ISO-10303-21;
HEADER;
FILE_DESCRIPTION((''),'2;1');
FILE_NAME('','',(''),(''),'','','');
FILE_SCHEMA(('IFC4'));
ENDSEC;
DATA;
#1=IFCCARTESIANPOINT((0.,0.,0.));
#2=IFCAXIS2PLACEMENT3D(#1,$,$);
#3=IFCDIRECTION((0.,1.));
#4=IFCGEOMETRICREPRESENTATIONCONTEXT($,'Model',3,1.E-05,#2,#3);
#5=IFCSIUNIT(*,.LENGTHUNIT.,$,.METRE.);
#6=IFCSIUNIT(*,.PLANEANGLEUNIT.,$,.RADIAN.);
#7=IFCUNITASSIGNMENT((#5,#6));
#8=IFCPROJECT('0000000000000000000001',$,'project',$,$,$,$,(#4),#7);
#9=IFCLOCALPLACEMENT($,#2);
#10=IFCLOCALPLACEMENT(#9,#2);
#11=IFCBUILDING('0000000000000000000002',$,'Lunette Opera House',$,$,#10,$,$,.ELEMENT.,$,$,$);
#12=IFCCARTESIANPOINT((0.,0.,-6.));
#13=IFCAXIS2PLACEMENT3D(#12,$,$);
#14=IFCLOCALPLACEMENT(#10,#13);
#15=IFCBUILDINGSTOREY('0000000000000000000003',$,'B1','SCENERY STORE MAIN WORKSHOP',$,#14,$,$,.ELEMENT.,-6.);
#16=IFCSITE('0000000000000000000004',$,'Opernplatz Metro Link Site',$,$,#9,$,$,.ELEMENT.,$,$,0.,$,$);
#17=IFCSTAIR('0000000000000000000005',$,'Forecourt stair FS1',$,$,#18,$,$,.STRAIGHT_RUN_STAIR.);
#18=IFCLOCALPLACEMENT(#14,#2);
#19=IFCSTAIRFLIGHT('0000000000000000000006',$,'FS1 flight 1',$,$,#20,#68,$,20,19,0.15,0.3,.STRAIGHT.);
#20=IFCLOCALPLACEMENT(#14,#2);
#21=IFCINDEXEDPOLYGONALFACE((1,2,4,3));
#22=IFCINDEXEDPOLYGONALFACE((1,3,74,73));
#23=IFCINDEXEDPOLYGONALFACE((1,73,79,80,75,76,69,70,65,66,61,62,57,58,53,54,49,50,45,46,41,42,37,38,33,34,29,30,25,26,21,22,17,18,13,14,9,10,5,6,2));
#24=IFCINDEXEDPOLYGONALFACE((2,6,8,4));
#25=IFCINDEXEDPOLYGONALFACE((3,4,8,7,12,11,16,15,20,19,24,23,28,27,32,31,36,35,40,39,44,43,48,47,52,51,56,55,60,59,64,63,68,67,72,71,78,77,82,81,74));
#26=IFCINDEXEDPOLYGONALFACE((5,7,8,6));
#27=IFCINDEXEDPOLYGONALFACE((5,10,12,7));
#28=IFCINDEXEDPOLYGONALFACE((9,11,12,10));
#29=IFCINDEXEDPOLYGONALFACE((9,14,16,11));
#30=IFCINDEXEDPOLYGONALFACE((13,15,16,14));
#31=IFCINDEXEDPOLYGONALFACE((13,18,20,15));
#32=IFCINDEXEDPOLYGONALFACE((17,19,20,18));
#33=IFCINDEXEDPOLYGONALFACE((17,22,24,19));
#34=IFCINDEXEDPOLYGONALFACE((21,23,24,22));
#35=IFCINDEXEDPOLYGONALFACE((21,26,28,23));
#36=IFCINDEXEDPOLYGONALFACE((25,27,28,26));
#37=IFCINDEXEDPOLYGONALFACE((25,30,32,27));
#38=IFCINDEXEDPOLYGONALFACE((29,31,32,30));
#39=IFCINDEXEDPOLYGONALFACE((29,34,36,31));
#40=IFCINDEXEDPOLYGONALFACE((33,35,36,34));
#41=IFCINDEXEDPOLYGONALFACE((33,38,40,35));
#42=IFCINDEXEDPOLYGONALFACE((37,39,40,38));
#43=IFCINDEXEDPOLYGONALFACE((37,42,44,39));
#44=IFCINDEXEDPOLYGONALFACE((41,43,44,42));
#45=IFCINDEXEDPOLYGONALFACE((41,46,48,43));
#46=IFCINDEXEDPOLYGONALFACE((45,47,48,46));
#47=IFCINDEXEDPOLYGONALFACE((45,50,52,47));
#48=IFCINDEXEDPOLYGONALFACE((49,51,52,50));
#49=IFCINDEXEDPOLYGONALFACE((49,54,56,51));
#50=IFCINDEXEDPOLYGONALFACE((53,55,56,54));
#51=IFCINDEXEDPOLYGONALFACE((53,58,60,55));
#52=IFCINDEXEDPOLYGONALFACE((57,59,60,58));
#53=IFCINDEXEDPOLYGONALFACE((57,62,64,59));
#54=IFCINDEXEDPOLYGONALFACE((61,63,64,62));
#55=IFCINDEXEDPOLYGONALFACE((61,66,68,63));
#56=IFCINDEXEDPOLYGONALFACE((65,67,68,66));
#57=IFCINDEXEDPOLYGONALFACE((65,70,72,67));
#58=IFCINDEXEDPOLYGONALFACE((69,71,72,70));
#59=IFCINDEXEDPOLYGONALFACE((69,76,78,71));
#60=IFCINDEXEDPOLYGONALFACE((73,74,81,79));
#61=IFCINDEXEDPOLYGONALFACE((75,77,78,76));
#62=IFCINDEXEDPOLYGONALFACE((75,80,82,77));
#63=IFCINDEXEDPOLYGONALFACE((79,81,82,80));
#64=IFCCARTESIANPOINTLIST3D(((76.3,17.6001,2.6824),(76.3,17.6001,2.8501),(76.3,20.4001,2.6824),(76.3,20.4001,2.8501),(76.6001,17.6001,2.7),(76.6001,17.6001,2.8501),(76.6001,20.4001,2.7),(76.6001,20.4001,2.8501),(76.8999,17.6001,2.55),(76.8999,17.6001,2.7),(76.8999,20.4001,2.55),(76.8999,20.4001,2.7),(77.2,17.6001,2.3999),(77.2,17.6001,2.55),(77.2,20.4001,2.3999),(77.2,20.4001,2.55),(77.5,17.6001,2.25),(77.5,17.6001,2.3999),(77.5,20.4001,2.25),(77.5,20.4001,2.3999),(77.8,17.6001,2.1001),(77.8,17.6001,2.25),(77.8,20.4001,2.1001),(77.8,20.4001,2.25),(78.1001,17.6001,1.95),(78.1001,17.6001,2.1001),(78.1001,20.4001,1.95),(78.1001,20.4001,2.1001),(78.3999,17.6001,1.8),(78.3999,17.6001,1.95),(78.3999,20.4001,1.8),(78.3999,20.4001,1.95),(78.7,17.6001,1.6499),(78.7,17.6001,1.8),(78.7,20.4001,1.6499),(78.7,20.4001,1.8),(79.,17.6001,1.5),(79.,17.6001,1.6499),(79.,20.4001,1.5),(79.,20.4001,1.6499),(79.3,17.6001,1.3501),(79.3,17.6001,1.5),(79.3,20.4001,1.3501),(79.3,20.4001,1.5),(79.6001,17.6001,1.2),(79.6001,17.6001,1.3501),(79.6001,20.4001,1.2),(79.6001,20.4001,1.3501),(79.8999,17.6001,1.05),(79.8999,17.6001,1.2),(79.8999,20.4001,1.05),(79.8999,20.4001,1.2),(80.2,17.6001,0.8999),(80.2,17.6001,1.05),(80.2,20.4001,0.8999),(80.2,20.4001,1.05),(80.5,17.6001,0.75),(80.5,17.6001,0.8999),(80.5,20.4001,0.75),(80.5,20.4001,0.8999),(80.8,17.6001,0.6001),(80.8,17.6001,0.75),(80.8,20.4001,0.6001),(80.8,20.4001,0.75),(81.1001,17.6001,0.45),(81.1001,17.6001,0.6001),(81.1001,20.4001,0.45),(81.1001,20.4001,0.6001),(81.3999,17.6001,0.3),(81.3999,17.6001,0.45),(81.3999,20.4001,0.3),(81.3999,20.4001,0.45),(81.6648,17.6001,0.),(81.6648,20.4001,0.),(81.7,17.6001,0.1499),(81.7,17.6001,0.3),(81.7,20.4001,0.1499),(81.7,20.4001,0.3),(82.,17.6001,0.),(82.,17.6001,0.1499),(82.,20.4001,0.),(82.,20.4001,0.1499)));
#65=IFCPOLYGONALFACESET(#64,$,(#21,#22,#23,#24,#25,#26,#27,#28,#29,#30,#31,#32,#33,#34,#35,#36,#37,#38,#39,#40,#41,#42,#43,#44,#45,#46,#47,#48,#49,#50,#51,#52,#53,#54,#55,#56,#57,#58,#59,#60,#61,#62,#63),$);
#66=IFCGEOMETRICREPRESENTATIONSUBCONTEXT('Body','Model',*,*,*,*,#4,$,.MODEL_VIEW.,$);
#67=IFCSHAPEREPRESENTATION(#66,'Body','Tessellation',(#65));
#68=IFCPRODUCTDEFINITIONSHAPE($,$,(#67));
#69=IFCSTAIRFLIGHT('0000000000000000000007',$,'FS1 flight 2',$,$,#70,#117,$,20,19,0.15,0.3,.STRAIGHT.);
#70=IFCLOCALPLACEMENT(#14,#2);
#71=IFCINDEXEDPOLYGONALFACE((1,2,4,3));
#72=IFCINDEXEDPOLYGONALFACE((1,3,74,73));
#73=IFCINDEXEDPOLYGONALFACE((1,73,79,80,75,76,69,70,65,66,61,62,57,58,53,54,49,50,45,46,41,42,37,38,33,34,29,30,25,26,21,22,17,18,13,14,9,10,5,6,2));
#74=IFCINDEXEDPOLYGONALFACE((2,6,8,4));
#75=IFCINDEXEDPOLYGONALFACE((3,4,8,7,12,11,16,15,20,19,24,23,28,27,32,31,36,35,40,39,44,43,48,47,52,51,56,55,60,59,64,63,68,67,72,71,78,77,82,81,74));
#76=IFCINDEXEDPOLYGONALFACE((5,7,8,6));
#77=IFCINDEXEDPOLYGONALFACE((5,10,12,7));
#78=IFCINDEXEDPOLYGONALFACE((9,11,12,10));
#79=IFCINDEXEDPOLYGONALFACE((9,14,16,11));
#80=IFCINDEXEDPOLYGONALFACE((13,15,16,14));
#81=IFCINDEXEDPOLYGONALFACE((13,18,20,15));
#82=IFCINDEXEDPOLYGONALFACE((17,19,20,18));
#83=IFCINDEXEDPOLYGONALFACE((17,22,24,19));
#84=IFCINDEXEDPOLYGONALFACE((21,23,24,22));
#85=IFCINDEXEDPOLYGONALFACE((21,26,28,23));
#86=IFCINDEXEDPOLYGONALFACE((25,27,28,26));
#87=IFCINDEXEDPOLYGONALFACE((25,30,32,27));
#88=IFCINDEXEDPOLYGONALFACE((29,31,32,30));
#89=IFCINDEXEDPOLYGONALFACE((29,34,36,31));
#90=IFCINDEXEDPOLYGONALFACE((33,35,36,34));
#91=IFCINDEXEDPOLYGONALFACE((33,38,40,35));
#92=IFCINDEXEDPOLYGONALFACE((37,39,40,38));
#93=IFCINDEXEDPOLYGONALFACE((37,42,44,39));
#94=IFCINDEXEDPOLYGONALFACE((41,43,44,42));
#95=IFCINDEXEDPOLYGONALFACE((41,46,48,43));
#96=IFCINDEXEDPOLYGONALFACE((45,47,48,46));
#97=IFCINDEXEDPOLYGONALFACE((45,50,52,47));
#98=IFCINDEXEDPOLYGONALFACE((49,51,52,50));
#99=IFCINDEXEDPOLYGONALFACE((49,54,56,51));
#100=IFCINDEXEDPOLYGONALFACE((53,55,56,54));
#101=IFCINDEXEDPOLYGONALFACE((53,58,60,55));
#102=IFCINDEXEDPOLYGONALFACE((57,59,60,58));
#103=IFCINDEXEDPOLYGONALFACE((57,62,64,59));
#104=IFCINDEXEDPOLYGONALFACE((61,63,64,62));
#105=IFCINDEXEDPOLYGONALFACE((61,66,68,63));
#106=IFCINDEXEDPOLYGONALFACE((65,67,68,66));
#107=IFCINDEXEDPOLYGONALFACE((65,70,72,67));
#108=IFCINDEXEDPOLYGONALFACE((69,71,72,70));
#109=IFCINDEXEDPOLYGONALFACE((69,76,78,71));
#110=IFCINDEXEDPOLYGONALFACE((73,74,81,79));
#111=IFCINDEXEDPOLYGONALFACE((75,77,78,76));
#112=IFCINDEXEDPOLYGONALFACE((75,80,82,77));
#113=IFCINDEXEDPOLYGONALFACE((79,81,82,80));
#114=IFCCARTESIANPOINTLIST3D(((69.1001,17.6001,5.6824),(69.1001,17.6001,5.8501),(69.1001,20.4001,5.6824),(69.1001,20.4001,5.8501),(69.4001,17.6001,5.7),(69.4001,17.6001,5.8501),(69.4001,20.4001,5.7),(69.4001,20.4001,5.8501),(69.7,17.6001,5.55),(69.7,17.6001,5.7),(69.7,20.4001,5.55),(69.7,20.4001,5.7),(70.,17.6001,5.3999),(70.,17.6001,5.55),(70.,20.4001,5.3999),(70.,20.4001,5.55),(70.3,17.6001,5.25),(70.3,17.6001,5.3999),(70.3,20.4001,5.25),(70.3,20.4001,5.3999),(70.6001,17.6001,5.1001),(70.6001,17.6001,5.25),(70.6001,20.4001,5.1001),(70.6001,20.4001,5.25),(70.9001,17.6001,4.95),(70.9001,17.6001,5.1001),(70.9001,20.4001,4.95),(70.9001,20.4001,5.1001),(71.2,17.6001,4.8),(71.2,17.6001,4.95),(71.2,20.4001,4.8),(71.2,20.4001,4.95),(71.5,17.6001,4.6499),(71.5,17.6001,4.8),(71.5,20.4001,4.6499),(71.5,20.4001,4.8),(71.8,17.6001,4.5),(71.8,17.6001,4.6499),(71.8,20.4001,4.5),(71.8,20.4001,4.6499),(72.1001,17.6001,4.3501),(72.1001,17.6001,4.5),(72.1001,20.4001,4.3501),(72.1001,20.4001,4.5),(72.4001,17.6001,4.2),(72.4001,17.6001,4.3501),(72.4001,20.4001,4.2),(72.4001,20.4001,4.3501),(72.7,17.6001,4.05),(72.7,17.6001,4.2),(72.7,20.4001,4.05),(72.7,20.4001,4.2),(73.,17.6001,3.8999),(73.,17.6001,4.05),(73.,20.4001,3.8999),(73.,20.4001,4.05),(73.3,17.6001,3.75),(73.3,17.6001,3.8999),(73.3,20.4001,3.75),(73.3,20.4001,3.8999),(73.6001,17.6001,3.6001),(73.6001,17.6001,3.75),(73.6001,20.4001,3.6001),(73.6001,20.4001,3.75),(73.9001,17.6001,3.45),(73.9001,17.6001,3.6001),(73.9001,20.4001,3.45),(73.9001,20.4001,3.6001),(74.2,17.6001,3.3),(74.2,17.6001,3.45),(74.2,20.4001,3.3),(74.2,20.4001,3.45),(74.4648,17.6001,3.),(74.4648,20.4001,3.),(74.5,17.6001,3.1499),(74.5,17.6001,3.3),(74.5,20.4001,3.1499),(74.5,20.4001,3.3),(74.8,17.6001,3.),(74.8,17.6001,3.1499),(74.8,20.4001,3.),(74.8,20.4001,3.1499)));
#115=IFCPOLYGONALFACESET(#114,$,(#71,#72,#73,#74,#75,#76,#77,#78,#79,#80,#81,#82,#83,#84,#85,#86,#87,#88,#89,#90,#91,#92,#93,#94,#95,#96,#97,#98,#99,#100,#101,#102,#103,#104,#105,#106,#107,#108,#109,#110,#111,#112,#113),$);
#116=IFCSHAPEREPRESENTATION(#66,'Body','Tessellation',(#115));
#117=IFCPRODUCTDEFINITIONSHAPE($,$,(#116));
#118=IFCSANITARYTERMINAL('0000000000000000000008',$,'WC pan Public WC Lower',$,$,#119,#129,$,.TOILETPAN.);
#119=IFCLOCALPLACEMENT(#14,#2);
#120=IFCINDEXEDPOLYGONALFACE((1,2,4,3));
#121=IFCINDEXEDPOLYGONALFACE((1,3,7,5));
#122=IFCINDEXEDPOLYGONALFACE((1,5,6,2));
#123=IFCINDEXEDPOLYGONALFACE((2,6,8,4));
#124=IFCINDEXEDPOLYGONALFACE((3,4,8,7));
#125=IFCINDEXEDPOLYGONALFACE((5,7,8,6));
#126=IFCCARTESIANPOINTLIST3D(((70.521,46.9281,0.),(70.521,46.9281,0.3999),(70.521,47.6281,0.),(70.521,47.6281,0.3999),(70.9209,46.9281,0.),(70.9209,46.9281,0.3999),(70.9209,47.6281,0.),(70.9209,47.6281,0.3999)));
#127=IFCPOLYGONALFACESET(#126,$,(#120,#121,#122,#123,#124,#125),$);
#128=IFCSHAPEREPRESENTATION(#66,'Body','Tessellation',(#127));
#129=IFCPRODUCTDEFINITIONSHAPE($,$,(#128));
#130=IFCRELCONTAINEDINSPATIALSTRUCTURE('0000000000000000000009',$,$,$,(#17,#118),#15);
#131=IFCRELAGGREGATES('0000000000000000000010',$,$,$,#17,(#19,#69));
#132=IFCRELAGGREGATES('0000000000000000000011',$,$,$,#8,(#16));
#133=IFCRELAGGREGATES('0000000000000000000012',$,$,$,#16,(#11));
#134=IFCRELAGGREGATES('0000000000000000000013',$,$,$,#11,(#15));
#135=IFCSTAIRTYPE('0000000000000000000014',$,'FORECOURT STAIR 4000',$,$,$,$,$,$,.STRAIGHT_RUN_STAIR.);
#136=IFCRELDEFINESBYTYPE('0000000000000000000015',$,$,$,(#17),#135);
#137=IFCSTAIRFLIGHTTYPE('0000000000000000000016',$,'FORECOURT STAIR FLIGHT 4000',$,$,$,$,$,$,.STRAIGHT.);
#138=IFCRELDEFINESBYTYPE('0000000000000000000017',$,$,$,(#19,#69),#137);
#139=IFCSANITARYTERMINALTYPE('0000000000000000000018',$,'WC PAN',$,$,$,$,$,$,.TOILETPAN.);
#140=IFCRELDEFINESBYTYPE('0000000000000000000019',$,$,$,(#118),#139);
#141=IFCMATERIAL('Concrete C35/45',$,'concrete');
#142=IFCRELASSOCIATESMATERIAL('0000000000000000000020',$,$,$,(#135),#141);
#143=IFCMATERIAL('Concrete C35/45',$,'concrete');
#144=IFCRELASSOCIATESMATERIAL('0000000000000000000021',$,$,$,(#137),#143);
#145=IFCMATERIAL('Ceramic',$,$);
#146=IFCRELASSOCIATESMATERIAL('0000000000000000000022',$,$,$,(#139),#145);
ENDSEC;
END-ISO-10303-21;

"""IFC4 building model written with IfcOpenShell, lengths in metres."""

from ifc_helpers import new_model, si_unit, direction, frame, origin, origin_2d, place, context, subcontext, project, spatial, polyline, rectangle, outline, extrude, material, type_object, element, aggregate, save


model = new_model("IFC4")

# Units and contexts
model_context = context("Model", 3, precision=1e-05, world=origin(), true_north=direction((0.0, 1.0)))
body_context = subcontext(model_context, "Body", "Model", "MODEL_VIEW")
ifc_project = project(units=[si_unit("LENGTHUNIT", "METRE"), si_unit("PLANEANGLEUNIT", "RADIAN")], contexts=[model_context])

# Site, building, storey
site_placement = place(None, origin())
site = spatial("IfcSite", under=ifc_project, at=site_placement, Name="Opernplatz Metro Link Site", CompositionType="ELEMENT", RefElevation=0.0)
building_placement = place(site_placement, origin())
building = spatial("IfcBuilding", under=site, at=building_placement, Name="Lunette Opera House", CompositionType="ELEMENT")
storey_placement = place(building_placement, frame((0.0, 0.0, -6.0)))
storey = spatial("IfcBuildingStorey", under=building, at=storey_placement, Name="B1", Description="SCENERY STORE MAIN WORKSHOP", CompositionType="ELEMENT", Elevation=-6.0)

# Stair, stair flights
ifc_material_1 = material(Name="Concrete C35/45", Category="concrete")
stair_type = type_object("IfcStairType", Name="FORECOURT STAIR 4000", PredefinedType="STRAIGHT_RUN_STAIR", material=ifc_material_1)
stair_placement = place(storey_placement, origin())
stair = element("IfcStair", 1, at=stair_placement, inside=storey, type_object=stair_type, Name="Forecourt stair FS1", PredefinedType="STRAIGHT_RUN_STAIR")
ifc_material_2 = material(Name="Concrete C35/45", Category="concrete")
stair_flight_type = type_object("IfcStairFlightType", Name="FORECOURT STAIR FLIGHT 4000", PredefinedType="STRAIGHT", material=ifc_material_2)
stair_flight_1_placement = place(storey_placement, frame((82.0, 19.0, 0.0), z_axis=(0.0, 0.0, 1.0), x_axis=(-1.0, 0.0, 0.0)))
stair_flight_1 = element("IfcStairFlight", 2, at=stair_flight_1_placement, type_object=stair_flight_type, Name="FS1 flight 1", NumberOfRisers=20, NumberOfTreads=19, PredefinedType="STRAIGHT", RiserHeight=0.15, TreadLength=0.3, context=body_context, shape_type="SweptSolid", body=[
    extrude(outline(polyline([(0.0, 0.0), (0.0, 0.1499), (0.3, 0.1499), (0.3, 0.3), (0.6001, 0.3), (0.6001, 0.45), (0.8999, 0.45), (0.8999, 0.6001), (1.2, 0.6001), (1.2, 0.75), (1.5, 0.75), (1.5, 0.8999), (1.8, 0.8999), (1.8, 1.05), (2.1001, 1.05), (2.1001, 1.2), (2.3999, 1.2), (2.3999, 1.3501), (2.7, 1.3501), (2.7, 1.5), (3.0, 1.5), (3.0, 1.6499), (3.3, 1.6499), (3.3, 1.8), (3.6001, 1.8), (3.6001, 1.95), (3.8999, 1.95), (3.8999, 2.1001), (4.2, 2.1001), (4.2, 2.25), (4.5, 2.25), (4.5, 2.3999), (4.8, 2.3999), (4.8, 2.55), (5.1001, 2.55), (5.1001, 2.7), (5.3999, 2.7), (5.3999, 2.8501), (5.7, 2.8501), (5.7, 3.0), (5.7, 2.6824), (0.3352, 0.0), (0.0, 0.0)])), frame((0.0, 1.3999, 0.0), z_axis=(0.0, -1.0, 0.0), x_axis=(1.0, 0.0, 0.0)), (0.0, 0.0, 1.0), 2.8),
])
stair_flight_2_placement = place(storey_placement, frame((74.8, 19.0, 3.0), z_axis=(0.0, 0.0, 1.0), x_axis=(-1.0, 0.0, 0.0)))
stair_flight_2 = element("IfcStairFlight", 3, at=stair_flight_2_placement, type_object=stair_flight_type, Name="FS1 flight 2", NumberOfRisers=20, NumberOfTreads=19, PredefinedType="STRAIGHT", RiserHeight=0.15, TreadLength=0.3, context=body_context, shape_type="SweptSolid", body=[
    extrude(outline(polyline([(0.0, 0.0), (0.0, 0.1499), (0.3, 0.1499), (0.3, 0.3), (0.6001, 0.3), (0.6001, 0.45), (0.8999, 0.45), (0.8999, 0.6001), (1.2, 0.6001), (1.2, 0.75), (1.5, 0.75), (1.5, 0.8999), (1.8, 0.8999), (1.8, 1.05), (2.1001, 1.05), (2.1001, 1.2), (2.3999, 1.2), (2.3999, 1.3501), (2.7, 1.3501), (2.7, 1.5), (3.0, 1.5), (3.0, 1.6499), (3.3, 1.6499), (3.3, 1.8), (3.6001, 1.8), (3.6001, 1.95), (3.8999, 1.95), (3.8999, 2.1001), (4.2, 2.1001), (4.2, 2.25), (4.5, 2.25), (4.5, 2.3999), (4.8, 2.3999), (4.8, 2.55), (5.1001, 2.55), (5.1001, 2.7), (5.3999, 2.7), (5.3999, 2.8501), (5.7, 2.8501), (5.7, 3.0), (5.7, 2.6824), (0.3352, 0.0), (0.0, 0.0)])), frame((0.0, 1.3999, 0.0), z_axis=(0.0, -1.0, 0.0), x_axis=(1.0, 0.0, 0.0)), (0.0, 0.0, 1.0), 2.8),
])
aggregate(stair, [stair_flight_1, stair_flight_2])

# Sanitary terminal
ifc_material_3 = material(Name="Ceramic")
sanitary_terminal_type = type_object("IfcSanitaryTerminalType", Name="WC PAN", PredefinedType="TOILETPAN", material=ifc_material_3)
sanitary_terminal_placement = place(storey_placement, frame((70.7209, 47.2781, 0.0), z_axis=(0.0, 0.0, 1.0), x_axis=(1.0, 0.0, 0.0)))
element("IfcSanitaryTerminal", 4, at=sanitary_terminal_placement, inside=storey, type_object=sanitary_terminal_type, Name="WC pan Public WC Lower", PredefinedType="TOILETPAN", context=body_context, shape_type="SweptSolid", body=[
    extrude(rectangle(XDim=0.3999, YDim=0.7, at=origin_2d()), origin(), (0.0, 0.0, 1.0), 0.3999),
])

save(model, "model.ifc")
